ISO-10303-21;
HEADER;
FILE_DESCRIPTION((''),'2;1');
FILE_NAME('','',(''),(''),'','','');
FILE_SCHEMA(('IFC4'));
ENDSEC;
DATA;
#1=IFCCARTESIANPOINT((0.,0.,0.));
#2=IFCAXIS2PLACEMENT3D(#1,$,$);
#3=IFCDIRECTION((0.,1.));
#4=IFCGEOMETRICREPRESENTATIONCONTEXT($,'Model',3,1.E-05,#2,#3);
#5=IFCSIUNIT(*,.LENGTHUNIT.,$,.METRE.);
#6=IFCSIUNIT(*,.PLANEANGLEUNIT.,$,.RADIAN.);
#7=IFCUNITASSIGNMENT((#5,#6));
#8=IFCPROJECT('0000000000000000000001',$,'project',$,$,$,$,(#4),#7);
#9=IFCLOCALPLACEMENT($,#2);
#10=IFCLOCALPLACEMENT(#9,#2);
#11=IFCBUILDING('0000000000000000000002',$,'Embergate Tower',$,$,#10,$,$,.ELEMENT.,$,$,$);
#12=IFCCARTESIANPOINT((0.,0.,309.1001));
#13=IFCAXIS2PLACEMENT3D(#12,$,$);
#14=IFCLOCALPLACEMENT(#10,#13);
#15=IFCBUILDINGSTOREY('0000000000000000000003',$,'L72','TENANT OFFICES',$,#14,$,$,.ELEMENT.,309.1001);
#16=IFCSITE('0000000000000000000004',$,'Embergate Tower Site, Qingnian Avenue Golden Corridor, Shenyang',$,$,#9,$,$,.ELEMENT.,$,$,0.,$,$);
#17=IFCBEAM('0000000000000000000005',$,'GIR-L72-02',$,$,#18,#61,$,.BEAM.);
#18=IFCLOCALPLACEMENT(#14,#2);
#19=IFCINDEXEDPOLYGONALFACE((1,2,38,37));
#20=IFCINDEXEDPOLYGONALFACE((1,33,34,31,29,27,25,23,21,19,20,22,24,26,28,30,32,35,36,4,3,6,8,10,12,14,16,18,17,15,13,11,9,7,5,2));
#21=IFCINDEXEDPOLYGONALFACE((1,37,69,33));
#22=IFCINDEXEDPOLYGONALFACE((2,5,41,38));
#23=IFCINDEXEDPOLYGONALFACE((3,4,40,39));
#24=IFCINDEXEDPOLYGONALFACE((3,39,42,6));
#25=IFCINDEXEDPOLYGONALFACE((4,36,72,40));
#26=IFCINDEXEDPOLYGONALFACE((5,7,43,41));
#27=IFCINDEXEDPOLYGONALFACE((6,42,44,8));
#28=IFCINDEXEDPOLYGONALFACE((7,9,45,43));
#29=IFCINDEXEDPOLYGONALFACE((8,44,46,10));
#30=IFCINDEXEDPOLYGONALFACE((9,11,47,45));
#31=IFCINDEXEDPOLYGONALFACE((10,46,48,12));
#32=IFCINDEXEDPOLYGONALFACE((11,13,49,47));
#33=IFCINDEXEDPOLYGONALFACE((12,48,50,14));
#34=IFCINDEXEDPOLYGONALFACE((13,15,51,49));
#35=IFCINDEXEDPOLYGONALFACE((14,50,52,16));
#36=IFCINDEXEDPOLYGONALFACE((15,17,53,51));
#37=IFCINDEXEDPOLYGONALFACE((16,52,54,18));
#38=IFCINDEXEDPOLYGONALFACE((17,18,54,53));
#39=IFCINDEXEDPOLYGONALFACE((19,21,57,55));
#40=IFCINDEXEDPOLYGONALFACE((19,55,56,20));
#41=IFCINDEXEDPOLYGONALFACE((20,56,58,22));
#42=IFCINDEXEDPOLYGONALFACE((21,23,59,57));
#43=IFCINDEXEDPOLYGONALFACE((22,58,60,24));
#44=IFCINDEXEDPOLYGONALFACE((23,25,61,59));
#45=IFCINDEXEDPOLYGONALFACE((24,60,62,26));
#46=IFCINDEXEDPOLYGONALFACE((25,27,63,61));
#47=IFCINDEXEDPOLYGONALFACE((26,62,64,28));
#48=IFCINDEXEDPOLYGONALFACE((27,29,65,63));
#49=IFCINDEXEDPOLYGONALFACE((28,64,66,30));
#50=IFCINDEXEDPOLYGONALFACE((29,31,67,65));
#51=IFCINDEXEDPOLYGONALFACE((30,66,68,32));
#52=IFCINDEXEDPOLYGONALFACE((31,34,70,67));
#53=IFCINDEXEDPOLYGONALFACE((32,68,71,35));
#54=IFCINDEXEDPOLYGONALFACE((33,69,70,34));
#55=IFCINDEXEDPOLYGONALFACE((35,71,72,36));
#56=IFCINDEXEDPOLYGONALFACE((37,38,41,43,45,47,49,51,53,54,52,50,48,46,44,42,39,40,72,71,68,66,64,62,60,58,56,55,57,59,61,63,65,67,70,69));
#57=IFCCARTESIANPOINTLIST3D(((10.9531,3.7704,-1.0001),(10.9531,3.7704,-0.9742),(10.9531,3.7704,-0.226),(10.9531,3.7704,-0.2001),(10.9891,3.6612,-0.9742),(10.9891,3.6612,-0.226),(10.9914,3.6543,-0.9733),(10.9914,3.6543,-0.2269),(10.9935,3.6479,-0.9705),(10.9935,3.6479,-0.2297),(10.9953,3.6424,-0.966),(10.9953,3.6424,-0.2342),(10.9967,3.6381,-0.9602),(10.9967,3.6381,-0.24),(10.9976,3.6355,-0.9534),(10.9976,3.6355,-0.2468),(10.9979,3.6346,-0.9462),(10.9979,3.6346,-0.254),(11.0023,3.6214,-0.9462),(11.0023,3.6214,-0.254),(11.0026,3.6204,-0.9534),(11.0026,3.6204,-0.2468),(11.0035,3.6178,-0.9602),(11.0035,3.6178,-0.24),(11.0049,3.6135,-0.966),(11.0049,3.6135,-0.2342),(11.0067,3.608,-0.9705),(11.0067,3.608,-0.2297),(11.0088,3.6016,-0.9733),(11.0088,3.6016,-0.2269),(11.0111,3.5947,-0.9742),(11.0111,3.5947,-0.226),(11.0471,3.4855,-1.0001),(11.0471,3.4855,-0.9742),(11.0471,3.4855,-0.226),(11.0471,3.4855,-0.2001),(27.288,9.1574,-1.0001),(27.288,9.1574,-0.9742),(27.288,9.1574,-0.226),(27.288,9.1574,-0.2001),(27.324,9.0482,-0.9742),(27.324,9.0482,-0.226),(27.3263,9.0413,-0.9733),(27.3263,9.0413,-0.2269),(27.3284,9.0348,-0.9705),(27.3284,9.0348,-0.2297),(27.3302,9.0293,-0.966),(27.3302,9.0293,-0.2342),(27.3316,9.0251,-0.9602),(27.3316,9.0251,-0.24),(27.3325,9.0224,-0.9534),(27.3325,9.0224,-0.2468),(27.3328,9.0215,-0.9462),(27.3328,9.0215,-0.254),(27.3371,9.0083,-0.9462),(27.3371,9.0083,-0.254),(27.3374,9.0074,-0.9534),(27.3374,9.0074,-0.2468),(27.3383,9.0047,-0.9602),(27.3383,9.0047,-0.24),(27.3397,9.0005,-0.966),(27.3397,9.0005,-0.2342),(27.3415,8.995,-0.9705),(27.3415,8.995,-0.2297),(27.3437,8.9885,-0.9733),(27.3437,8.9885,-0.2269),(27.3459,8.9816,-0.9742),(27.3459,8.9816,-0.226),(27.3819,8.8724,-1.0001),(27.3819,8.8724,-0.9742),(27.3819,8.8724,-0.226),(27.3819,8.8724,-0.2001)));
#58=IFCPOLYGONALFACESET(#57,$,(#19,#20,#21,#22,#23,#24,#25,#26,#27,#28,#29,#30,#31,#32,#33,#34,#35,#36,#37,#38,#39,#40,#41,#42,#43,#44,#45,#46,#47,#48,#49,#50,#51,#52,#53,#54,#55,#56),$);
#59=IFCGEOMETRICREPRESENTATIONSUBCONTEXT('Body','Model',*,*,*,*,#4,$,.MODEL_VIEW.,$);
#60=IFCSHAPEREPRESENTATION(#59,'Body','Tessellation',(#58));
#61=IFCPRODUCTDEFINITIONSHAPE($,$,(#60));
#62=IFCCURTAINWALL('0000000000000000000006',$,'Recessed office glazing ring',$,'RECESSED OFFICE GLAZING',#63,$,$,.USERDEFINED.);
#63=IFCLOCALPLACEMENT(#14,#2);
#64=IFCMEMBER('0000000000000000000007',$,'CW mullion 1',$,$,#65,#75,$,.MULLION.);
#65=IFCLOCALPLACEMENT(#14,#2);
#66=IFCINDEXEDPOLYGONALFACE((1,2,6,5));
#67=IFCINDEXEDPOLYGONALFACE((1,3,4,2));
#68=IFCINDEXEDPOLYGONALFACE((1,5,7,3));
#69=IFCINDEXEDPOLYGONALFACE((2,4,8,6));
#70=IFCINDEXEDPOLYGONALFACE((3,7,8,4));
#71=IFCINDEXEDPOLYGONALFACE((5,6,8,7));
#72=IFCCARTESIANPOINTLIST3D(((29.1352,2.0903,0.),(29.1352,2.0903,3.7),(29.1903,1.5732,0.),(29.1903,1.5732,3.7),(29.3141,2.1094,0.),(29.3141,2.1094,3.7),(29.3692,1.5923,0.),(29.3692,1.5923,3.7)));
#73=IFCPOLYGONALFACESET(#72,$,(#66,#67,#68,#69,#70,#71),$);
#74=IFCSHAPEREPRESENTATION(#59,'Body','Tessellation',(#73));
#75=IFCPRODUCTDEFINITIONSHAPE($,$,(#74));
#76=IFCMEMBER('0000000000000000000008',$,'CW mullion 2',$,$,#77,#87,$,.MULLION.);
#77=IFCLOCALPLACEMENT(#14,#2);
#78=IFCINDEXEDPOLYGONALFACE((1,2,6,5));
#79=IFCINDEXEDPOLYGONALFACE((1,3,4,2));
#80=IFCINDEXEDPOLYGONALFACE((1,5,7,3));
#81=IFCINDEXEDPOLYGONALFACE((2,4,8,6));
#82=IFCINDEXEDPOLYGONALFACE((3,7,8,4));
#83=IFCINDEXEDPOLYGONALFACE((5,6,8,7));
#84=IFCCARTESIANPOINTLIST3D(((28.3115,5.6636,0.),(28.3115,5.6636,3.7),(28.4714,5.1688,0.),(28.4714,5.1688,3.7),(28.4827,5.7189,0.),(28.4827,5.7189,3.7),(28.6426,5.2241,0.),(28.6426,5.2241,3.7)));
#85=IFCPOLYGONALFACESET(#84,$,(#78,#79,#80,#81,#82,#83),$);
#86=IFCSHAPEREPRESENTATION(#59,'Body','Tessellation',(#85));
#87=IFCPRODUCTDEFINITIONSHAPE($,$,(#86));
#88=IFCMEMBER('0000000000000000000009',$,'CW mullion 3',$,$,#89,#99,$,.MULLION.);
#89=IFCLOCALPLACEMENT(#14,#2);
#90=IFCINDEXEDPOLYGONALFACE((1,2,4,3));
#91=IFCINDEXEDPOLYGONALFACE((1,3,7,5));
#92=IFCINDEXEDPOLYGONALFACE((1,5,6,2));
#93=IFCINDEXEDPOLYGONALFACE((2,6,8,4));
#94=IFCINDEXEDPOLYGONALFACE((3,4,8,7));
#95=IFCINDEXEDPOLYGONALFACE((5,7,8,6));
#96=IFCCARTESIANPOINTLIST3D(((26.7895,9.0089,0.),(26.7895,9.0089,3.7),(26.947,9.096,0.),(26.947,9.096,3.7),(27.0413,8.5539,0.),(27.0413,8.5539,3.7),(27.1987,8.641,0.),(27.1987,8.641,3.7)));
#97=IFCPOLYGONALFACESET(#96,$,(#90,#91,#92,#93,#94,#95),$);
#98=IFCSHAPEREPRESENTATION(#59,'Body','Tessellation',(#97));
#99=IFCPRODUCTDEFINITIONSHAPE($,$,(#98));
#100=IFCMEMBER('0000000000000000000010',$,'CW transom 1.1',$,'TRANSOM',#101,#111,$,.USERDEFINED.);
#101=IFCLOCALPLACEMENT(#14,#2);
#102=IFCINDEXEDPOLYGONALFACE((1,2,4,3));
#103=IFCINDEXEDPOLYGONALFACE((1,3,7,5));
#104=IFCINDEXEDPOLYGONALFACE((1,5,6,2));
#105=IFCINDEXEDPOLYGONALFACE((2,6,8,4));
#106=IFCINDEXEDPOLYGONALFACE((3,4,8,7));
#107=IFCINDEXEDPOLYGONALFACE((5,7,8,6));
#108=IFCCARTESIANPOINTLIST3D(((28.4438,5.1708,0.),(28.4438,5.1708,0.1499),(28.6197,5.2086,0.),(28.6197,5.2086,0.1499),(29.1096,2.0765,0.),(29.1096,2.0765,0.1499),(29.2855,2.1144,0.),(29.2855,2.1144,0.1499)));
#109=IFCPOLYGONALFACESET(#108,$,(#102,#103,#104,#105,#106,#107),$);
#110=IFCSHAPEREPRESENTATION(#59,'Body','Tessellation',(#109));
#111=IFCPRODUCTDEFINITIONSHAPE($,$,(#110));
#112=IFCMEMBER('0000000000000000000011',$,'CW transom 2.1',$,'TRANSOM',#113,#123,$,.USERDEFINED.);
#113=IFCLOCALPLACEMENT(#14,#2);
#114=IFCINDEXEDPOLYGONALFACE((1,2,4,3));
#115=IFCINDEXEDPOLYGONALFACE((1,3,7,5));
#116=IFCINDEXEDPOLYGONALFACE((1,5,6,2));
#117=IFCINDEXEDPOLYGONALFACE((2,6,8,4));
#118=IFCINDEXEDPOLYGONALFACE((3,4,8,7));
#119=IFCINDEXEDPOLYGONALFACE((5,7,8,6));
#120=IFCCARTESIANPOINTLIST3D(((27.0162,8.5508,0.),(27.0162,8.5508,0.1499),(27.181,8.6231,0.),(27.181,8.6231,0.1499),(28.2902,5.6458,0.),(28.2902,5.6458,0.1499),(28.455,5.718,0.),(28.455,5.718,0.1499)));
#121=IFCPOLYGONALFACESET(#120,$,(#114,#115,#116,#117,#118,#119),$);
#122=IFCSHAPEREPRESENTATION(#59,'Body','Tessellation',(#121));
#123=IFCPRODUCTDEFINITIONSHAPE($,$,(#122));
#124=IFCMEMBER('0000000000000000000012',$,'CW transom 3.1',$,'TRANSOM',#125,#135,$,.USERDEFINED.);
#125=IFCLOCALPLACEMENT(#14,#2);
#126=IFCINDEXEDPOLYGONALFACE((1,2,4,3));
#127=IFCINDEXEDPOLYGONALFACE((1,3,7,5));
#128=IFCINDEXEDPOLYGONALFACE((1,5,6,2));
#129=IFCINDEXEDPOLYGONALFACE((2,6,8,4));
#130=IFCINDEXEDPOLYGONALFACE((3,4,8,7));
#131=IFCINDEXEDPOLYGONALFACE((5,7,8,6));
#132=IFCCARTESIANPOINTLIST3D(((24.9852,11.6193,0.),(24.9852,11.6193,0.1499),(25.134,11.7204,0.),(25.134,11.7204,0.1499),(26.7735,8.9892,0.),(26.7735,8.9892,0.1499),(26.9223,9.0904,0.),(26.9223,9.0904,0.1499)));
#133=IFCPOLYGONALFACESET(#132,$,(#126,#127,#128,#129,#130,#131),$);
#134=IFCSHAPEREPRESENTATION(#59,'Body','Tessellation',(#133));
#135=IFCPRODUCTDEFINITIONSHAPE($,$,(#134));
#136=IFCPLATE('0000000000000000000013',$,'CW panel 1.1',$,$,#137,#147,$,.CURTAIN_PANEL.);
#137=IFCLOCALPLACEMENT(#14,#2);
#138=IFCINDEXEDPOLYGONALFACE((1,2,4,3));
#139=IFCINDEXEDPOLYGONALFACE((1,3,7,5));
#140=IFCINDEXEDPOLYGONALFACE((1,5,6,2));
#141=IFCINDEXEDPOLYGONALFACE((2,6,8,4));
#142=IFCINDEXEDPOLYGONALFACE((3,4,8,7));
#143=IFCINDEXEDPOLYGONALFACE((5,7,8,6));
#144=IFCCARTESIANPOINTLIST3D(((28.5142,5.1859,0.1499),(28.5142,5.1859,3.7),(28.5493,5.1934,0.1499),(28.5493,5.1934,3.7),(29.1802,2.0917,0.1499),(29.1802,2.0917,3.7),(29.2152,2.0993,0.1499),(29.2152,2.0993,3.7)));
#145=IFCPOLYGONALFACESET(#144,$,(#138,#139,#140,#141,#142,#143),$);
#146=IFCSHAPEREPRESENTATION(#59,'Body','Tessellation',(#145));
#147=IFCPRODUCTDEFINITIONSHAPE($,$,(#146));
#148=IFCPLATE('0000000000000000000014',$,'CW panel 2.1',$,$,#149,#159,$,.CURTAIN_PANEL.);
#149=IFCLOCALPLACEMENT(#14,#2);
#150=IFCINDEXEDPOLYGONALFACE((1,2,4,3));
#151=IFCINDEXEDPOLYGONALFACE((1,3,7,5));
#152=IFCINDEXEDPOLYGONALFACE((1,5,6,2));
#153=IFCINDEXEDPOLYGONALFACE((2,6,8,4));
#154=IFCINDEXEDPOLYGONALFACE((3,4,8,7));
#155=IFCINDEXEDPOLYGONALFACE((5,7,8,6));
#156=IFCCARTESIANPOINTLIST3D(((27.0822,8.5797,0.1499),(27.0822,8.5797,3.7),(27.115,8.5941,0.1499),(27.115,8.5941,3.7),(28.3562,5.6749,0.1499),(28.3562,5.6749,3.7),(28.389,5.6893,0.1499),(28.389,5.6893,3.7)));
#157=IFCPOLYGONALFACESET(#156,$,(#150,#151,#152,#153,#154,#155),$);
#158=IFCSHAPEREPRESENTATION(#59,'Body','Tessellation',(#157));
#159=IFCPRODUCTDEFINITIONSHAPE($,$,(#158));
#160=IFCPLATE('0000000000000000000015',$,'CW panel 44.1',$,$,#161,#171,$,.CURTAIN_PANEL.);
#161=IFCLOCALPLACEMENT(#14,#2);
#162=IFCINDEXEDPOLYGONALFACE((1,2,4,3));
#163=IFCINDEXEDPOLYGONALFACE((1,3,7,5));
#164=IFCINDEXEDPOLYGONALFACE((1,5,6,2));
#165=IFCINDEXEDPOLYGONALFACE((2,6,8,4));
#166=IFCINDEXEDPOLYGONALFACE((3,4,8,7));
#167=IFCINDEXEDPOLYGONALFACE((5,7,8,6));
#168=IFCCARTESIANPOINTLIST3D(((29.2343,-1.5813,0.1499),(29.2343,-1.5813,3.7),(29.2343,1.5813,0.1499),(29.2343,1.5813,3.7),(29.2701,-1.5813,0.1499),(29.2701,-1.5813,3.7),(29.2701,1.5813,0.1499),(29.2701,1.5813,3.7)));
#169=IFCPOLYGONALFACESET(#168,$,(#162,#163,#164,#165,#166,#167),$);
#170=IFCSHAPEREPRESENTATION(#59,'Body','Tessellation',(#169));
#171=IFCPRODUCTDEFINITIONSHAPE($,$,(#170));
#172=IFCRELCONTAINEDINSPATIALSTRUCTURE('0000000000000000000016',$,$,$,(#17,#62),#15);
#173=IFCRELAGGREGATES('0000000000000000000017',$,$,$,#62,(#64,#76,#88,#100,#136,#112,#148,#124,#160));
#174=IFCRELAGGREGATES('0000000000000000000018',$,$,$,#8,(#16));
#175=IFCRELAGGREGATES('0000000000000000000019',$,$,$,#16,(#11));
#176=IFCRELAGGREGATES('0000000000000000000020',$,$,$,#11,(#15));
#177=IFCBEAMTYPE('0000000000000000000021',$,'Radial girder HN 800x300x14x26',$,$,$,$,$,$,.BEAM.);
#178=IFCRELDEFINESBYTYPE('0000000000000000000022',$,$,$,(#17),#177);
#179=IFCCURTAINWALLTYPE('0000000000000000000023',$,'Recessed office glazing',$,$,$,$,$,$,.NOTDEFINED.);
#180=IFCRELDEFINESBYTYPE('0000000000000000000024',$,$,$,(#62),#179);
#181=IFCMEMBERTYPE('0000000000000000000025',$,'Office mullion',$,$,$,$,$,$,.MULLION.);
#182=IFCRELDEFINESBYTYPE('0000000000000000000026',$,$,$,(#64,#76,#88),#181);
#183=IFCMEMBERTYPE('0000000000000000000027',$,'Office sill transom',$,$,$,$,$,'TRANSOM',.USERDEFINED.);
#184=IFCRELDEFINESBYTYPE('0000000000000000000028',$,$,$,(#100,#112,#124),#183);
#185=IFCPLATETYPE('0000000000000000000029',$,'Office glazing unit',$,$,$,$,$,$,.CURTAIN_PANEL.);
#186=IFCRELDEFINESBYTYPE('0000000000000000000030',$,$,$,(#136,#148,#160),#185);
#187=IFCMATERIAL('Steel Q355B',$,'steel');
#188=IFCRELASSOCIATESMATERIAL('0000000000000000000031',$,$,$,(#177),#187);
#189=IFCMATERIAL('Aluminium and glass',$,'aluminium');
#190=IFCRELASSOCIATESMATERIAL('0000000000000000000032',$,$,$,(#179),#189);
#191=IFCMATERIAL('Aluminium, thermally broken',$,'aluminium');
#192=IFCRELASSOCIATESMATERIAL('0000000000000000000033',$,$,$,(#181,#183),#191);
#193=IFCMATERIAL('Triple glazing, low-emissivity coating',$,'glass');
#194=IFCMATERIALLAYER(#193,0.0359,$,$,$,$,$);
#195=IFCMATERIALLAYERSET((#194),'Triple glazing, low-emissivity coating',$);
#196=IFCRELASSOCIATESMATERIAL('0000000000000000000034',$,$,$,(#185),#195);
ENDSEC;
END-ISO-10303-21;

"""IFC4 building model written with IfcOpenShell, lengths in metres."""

from ifc_helpers import new_model, si_unit, direction, frame, origin, origin_2d, place, context, subcontext, project, spatial, rectangle, i_section, extrude, source, transform, mapped, material, layer, layer_set, material_profile, profile_set, type_object, element, aggregate, save


model = new_model("IFC4")

# Units and contexts
model_context = context("Model", 3, precision=1e-05, world=origin(), true_north=direction((0.0, 1.0)))
body_context = subcontext(model_context, "Body", "Model", "MODEL_VIEW")
ifc_project = project(units=[si_unit("LENGTHUNIT", "METRE"), si_unit("PLANEANGLEUNIT", "RADIAN")], contexts=[model_context])

# Site, building, storey
site_placement = place(None, origin())
site = spatial("IfcSite", under=ifc_project, at=site_placement, Name="Embergate Tower Site, Qingnian Avenue Golden Corridor, Shenyang", CompositionType="ELEMENT", RefElevation=0.0)
building_placement = place(site_placement, origin())
building = spatial("IfcBuilding", under=site, at=building_placement, Name="Embergate Tower", CompositionType="ELEMENT")
storey_placement = place(building_placement, frame((0.0, 0.0, 309.1001)))
storey = spatial("IfcBuildingStorey", under=building, at=storey_placement, Name="L72", Description="TENANT OFFICES", CompositionType="ELEMENT", Elevation=309.1001)

# Beam
ifc_material_1 = material(Name="Steel Q355B", Category="steel")
ifc_material_profile_1 = material_profile(ifc_material_1, i_section(OverallWidth=0.3, OverallDepth=0.8, WebThickness=0.0139, FlangeThickness=0.0259, FilletRadius=0.0281, at=origin_2d()), Name="HN 800x300x14x26")
ifc_profile_set_1 = profile_set([ifc_material_profile_1], Name="Steel Q355 grade B")
beam_type_1 = type_object("IfcBeamType", Name="Radial girder HN 800x300x14x26", PredefinedType="BEAM", material=ifc_profile_set_1)
shared_shape_1 = source(origin(), body_context, "Body", "SweptSolid", [
    extrude(i_section(OverallWidth=0.3, OverallDepth=0.8, WebThickness=0.0139, FlangeThickness=0.0259, FilletRadius=0.0281, at=origin_2d()), origin(), (0.0, 0.0, 1.0), 17.2002),
])
beam_1_placement = place(storey_placement, frame((27.335, 9.0149, -0.6001), z_axis=(-0.94969, -0.31319, 0.0), x_axis=(0.31319, -0.94969, 0.0)))
element("IfcBeam", 1, at=beam_1_placement, inside=storey, type_object=beam_type_1, Name="GIR-L72-02", PredefinedType="BEAM", context=body_context, shape_type="MappedRepresentation", body=[
    mapped(shared_shape_1, transform((0.0, 0.0, 0.0))),
])

# Curtain wall, members, plates
ifc_material_2 = material(Name="Aluminium and glass", Category="aluminium")
curtain_wall_type = type_object("IfcCurtainWallType", Name="Recessed office glazing", PredefinedType="NOTDEFINED", material=ifc_material_2)
curtain_wall_placement = place(storey_placement, origin())
curtain_wall = element("IfcCurtainWall", 2, at=curtain_wall_placement, inside=storey, type_object=curtain_wall_type, Name="Recessed office glazing ring", ObjectType="RECESSED OFFICE GLAZING", PredefinedType="USERDEFINED")
ifc_material_3 = material(Name="Aluminium, thermally broken", Category="aluminium")
ifc_material_profile_2 = material_profile(ifc_material_3, rectangle(XDim=0.1799, YDim=0.52, at=origin_2d()), Name="AL 520x180")
ifc_profile_set_2 = profile_set([ifc_material_profile_2], Name="Aluminium, thermally broken")
member_type_1 = type_object("IfcMemberType", Name="Office mullion", PredefinedType="MULLION", material=ifc_profile_set_2)
shared_shape_2 = source(origin(), body_context, "Body", "SweptSolid", [
    extrude(rectangle(XDim=0.1799, YDim=0.52, at=origin_2d()), origin(), (0.0, 0.0, 1.0), 3.7),
])
member_1_placement = place(storey_placement, frame((29.2522, 1.8413, 0.0), z_axis=(0.0, 0.0, 1.0), x_axis=(-0.994384, -0.10583, 0.0)))
member_1 = element("IfcMember", 3, at=member_1_placement, type_object=member_type_1, Name="CW mullion 1", PredefinedType="MULLION", context=body_context, shape_type="MappedRepresentation", body=[
    mapped(shared_shape_2, transform((0.0, 0.0, 0.0))),
])
member_2_placement = place(storey_placement, frame((28.4771, 5.4438, 0.0), z_axis=(0.0, 0.0, 1.0), x_axis=(-0.951493, -0.307671, 0.0)))
member_2 = element("IfcMember", 4, at=member_2_placement, type_object=member_type_1, Name="CW mullion 2", PredefinedType="MULLION", context=body_context, shape_type="MappedRepresentation", body=[
    mapped(shared_shape_2, transform((0.0, 0.0, 0.0))),
])
member_3_placement = place(storey_placement, frame((26.9941, 8.825, 0.0), z_axis=(0.0, 0.0, 1.0), x_axis=(-0.874993, -0.484135, 0.0)))
member_3 = element("IfcMember", 5, at=member_3_placement, type_object=member_type_1, Name="CW mullion 3", PredefinedType="MULLION", context=body_context, shape_type="MappedRepresentation", body=[
    mapped(shared_shape_2, transform((0.0, 0.0, 0.0))),
])
ifc_material_profile_3 = material_profile(ifc_material_3, rectangle(XDim=0.1799, YDim=0.1499, at=origin_2d()), Name="AL 150x180")
ifc_profile_set_3 = profile_set([ifc_material_profile_3], Name="Aluminium, thermally broken")
member_type_2 = type_object("IfcMemberType", Name="Office sill transom", ElementType="TRANSOM", PredefinedType="USERDEFINED", material=ifc_profile_set_3)
shared_shape_3 = source(origin(), body_context, "Body", "SweptSolid", [
    extrude(rectangle(XDim=0.1799, YDim=0.1499, at=origin_2d()), origin(), (0.0, 0.0, 1.0), 3.165),
])
member_4_placement = place(storey_placement, frame((29.1975, 2.0955, 0.075), z_axis=(-0.210351, 0.977626, 0.0), x_axis=(-0.977626, -0.210351, 0.0)))
member_4 = element("IfcMember", 6, at=member_4_placement, type_object=member_type_2, Name="CW transom 1.1", ObjectType="TRANSOM", PredefinedType="USERDEFINED", context=body_context, shape_type="MappedRepresentation", body=[
    mapped(shared_shape_3, transform((0.0, 0.0, 0.0))),
])
shared_shape_4 = source(origin(), body_context, "Body", "SweptSolid", [
    extrude(rectangle(XDim=0.1799, YDim=0.1499, at=origin_2d()), origin(), (0.0, 0.0, 1.0), 3.1721),
])
member_5_placement = place(storey_placement, frame((28.3726, 5.6819, 0.075), z_axis=(-0.401606, 0.915813, 0.0), x_axis=(-0.915813, -0.401606, 0.0)))
member_5 = element("IfcMember", 7, at=member_5_placement, type_object=member_type_2, Name="CW transom 2.1", ObjectType="TRANSOM", PredefinedType="USERDEFINED", context=body_context, shape_type="MappedRepresentation", body=[
    mapped(shared_shape_4, transform((0.0, 0.0, 0.0))),
])
shared_shape_5 = source(origin(), body_context, "Body", "SweptSolid", [
    extrude(rectangle(XDim=0.1799, YDim=0.1499, at=origin_2d()), origin(), (0.0, 0.0, 1.0), 3.1804),
])
member_6_placement = place(storey_placement, frame((26.8479, 9.0398, 0.075), z_axis=(-0.562276, 0.826949, 0.0), x_axis=(-0.826949, -0.562276, 0.0)))
member_6 = element("IfcMember", 8, at=member_6_placement, type_object=member_type_2, Name="CW transom 3.1", ObjectType="TRANSOM", PredefinedType="USERDEFINED", context=body_context, shape_type="MappedRepresentation", body=[
    mapped(shared_shape_5, transform((0.0, 0.0, 0.0))),
])
ifc_material_4 = material(Name="Triple glazing, low-emissivity coating", Category="glass")
ifc_layer_1 = layer(ifc_material_4, 0.0359)
ifc_layer_set_1 = layer_set([ifc_layer_1], Name="Triple glazing, low-emissivity coating")
plate_type = type_object("IfcPlateType", Name="Office glazing unit", PredefinedType="CURTAIN_PANEL", material=ifc_layer_set_1)
shared_shape_6 = source(origin(), body_context, "Body", "SweptSolid", [
    extrude(rectangle(XDim=3.165, YDim=0.0359, at=origin_2d()), origin(), (0.0, 0.0, 1.0), 3.55),
])
plate_1_placement = place(storey_placement, frame((28.8647, 3.6426, 0.1499), z_axis=(0.0, 0.0, 1.0), x_axis=(-0.210398, 0.977616, 0.0)))
plate_1 = element("IfcPlate", 9, at=plate_1_placement, type_object=plate_type, Name="CW panel 1.1", PredefinedType="CURTAIN_PANEL", context=body_context, shape_type="MappedRepresentation", body=[
    mapped(shared_shape_6, transform((0.0, 0.0, 0.0))),
])
shared_shape_7 = source(origin(), body_context, "Body", "SweptSolid", [
    extrude(rectangle(XDim=3.1719, YDim=0.0359, at=origin_2d()), origin(), (0.0, 0.0, 1.0), 3.55),
])
plate_2_placement = place(storey_placement, frame((27.7356, 7.1345, 0.1499), z_axis=(0.0, 0.0, 1.0), x_axis=(-0.401652, 0.915792, 0.0)))
plate_2 = element("IfcPlate", 10, at=plate_2_placement, type_object=plate_type, Name="CW panel 2.1", PredefinedType="CURTAIN_PANEL", context=body_context, shape_type="MappedRepresentation", body=[
    mapped(shared_shape_7, transform((0.0, 0.0, 0.0))),
])
shared_shape_8 = source(origin(), body_context, "Body", "SweptSolid", [
    extrude(rectangle(XDim=3.1626, YDim=0.0359, at=origin_2d()), origin(), (0.0, 0.0, 1.0), 3.55),
])
plate_3_placement = place(storey_placement, frame((29.2522, 0.0, 0.1499), z_axis=(0.0, 0.0, 1.0), x_axis=(0.0, 1.0, 0.0)))
plate_3 = element("IfcPlate", 11, at=plate_3_placement, type_object=plate_type, Name="CW panel 44.1", PredefinedType="CURTAIN_PANEL", context=body_context, shape_type="MappedRepresentation", body=[
    mapped(shared_shape_8, transform((0.0, 0.0, 0.0))),
])
aggregate(curtain_wall, [member_1, member_2, member_3, member_4, plate_1, member_5, plate_2, member_6, plate_3])

save(model, "model.ifc")
